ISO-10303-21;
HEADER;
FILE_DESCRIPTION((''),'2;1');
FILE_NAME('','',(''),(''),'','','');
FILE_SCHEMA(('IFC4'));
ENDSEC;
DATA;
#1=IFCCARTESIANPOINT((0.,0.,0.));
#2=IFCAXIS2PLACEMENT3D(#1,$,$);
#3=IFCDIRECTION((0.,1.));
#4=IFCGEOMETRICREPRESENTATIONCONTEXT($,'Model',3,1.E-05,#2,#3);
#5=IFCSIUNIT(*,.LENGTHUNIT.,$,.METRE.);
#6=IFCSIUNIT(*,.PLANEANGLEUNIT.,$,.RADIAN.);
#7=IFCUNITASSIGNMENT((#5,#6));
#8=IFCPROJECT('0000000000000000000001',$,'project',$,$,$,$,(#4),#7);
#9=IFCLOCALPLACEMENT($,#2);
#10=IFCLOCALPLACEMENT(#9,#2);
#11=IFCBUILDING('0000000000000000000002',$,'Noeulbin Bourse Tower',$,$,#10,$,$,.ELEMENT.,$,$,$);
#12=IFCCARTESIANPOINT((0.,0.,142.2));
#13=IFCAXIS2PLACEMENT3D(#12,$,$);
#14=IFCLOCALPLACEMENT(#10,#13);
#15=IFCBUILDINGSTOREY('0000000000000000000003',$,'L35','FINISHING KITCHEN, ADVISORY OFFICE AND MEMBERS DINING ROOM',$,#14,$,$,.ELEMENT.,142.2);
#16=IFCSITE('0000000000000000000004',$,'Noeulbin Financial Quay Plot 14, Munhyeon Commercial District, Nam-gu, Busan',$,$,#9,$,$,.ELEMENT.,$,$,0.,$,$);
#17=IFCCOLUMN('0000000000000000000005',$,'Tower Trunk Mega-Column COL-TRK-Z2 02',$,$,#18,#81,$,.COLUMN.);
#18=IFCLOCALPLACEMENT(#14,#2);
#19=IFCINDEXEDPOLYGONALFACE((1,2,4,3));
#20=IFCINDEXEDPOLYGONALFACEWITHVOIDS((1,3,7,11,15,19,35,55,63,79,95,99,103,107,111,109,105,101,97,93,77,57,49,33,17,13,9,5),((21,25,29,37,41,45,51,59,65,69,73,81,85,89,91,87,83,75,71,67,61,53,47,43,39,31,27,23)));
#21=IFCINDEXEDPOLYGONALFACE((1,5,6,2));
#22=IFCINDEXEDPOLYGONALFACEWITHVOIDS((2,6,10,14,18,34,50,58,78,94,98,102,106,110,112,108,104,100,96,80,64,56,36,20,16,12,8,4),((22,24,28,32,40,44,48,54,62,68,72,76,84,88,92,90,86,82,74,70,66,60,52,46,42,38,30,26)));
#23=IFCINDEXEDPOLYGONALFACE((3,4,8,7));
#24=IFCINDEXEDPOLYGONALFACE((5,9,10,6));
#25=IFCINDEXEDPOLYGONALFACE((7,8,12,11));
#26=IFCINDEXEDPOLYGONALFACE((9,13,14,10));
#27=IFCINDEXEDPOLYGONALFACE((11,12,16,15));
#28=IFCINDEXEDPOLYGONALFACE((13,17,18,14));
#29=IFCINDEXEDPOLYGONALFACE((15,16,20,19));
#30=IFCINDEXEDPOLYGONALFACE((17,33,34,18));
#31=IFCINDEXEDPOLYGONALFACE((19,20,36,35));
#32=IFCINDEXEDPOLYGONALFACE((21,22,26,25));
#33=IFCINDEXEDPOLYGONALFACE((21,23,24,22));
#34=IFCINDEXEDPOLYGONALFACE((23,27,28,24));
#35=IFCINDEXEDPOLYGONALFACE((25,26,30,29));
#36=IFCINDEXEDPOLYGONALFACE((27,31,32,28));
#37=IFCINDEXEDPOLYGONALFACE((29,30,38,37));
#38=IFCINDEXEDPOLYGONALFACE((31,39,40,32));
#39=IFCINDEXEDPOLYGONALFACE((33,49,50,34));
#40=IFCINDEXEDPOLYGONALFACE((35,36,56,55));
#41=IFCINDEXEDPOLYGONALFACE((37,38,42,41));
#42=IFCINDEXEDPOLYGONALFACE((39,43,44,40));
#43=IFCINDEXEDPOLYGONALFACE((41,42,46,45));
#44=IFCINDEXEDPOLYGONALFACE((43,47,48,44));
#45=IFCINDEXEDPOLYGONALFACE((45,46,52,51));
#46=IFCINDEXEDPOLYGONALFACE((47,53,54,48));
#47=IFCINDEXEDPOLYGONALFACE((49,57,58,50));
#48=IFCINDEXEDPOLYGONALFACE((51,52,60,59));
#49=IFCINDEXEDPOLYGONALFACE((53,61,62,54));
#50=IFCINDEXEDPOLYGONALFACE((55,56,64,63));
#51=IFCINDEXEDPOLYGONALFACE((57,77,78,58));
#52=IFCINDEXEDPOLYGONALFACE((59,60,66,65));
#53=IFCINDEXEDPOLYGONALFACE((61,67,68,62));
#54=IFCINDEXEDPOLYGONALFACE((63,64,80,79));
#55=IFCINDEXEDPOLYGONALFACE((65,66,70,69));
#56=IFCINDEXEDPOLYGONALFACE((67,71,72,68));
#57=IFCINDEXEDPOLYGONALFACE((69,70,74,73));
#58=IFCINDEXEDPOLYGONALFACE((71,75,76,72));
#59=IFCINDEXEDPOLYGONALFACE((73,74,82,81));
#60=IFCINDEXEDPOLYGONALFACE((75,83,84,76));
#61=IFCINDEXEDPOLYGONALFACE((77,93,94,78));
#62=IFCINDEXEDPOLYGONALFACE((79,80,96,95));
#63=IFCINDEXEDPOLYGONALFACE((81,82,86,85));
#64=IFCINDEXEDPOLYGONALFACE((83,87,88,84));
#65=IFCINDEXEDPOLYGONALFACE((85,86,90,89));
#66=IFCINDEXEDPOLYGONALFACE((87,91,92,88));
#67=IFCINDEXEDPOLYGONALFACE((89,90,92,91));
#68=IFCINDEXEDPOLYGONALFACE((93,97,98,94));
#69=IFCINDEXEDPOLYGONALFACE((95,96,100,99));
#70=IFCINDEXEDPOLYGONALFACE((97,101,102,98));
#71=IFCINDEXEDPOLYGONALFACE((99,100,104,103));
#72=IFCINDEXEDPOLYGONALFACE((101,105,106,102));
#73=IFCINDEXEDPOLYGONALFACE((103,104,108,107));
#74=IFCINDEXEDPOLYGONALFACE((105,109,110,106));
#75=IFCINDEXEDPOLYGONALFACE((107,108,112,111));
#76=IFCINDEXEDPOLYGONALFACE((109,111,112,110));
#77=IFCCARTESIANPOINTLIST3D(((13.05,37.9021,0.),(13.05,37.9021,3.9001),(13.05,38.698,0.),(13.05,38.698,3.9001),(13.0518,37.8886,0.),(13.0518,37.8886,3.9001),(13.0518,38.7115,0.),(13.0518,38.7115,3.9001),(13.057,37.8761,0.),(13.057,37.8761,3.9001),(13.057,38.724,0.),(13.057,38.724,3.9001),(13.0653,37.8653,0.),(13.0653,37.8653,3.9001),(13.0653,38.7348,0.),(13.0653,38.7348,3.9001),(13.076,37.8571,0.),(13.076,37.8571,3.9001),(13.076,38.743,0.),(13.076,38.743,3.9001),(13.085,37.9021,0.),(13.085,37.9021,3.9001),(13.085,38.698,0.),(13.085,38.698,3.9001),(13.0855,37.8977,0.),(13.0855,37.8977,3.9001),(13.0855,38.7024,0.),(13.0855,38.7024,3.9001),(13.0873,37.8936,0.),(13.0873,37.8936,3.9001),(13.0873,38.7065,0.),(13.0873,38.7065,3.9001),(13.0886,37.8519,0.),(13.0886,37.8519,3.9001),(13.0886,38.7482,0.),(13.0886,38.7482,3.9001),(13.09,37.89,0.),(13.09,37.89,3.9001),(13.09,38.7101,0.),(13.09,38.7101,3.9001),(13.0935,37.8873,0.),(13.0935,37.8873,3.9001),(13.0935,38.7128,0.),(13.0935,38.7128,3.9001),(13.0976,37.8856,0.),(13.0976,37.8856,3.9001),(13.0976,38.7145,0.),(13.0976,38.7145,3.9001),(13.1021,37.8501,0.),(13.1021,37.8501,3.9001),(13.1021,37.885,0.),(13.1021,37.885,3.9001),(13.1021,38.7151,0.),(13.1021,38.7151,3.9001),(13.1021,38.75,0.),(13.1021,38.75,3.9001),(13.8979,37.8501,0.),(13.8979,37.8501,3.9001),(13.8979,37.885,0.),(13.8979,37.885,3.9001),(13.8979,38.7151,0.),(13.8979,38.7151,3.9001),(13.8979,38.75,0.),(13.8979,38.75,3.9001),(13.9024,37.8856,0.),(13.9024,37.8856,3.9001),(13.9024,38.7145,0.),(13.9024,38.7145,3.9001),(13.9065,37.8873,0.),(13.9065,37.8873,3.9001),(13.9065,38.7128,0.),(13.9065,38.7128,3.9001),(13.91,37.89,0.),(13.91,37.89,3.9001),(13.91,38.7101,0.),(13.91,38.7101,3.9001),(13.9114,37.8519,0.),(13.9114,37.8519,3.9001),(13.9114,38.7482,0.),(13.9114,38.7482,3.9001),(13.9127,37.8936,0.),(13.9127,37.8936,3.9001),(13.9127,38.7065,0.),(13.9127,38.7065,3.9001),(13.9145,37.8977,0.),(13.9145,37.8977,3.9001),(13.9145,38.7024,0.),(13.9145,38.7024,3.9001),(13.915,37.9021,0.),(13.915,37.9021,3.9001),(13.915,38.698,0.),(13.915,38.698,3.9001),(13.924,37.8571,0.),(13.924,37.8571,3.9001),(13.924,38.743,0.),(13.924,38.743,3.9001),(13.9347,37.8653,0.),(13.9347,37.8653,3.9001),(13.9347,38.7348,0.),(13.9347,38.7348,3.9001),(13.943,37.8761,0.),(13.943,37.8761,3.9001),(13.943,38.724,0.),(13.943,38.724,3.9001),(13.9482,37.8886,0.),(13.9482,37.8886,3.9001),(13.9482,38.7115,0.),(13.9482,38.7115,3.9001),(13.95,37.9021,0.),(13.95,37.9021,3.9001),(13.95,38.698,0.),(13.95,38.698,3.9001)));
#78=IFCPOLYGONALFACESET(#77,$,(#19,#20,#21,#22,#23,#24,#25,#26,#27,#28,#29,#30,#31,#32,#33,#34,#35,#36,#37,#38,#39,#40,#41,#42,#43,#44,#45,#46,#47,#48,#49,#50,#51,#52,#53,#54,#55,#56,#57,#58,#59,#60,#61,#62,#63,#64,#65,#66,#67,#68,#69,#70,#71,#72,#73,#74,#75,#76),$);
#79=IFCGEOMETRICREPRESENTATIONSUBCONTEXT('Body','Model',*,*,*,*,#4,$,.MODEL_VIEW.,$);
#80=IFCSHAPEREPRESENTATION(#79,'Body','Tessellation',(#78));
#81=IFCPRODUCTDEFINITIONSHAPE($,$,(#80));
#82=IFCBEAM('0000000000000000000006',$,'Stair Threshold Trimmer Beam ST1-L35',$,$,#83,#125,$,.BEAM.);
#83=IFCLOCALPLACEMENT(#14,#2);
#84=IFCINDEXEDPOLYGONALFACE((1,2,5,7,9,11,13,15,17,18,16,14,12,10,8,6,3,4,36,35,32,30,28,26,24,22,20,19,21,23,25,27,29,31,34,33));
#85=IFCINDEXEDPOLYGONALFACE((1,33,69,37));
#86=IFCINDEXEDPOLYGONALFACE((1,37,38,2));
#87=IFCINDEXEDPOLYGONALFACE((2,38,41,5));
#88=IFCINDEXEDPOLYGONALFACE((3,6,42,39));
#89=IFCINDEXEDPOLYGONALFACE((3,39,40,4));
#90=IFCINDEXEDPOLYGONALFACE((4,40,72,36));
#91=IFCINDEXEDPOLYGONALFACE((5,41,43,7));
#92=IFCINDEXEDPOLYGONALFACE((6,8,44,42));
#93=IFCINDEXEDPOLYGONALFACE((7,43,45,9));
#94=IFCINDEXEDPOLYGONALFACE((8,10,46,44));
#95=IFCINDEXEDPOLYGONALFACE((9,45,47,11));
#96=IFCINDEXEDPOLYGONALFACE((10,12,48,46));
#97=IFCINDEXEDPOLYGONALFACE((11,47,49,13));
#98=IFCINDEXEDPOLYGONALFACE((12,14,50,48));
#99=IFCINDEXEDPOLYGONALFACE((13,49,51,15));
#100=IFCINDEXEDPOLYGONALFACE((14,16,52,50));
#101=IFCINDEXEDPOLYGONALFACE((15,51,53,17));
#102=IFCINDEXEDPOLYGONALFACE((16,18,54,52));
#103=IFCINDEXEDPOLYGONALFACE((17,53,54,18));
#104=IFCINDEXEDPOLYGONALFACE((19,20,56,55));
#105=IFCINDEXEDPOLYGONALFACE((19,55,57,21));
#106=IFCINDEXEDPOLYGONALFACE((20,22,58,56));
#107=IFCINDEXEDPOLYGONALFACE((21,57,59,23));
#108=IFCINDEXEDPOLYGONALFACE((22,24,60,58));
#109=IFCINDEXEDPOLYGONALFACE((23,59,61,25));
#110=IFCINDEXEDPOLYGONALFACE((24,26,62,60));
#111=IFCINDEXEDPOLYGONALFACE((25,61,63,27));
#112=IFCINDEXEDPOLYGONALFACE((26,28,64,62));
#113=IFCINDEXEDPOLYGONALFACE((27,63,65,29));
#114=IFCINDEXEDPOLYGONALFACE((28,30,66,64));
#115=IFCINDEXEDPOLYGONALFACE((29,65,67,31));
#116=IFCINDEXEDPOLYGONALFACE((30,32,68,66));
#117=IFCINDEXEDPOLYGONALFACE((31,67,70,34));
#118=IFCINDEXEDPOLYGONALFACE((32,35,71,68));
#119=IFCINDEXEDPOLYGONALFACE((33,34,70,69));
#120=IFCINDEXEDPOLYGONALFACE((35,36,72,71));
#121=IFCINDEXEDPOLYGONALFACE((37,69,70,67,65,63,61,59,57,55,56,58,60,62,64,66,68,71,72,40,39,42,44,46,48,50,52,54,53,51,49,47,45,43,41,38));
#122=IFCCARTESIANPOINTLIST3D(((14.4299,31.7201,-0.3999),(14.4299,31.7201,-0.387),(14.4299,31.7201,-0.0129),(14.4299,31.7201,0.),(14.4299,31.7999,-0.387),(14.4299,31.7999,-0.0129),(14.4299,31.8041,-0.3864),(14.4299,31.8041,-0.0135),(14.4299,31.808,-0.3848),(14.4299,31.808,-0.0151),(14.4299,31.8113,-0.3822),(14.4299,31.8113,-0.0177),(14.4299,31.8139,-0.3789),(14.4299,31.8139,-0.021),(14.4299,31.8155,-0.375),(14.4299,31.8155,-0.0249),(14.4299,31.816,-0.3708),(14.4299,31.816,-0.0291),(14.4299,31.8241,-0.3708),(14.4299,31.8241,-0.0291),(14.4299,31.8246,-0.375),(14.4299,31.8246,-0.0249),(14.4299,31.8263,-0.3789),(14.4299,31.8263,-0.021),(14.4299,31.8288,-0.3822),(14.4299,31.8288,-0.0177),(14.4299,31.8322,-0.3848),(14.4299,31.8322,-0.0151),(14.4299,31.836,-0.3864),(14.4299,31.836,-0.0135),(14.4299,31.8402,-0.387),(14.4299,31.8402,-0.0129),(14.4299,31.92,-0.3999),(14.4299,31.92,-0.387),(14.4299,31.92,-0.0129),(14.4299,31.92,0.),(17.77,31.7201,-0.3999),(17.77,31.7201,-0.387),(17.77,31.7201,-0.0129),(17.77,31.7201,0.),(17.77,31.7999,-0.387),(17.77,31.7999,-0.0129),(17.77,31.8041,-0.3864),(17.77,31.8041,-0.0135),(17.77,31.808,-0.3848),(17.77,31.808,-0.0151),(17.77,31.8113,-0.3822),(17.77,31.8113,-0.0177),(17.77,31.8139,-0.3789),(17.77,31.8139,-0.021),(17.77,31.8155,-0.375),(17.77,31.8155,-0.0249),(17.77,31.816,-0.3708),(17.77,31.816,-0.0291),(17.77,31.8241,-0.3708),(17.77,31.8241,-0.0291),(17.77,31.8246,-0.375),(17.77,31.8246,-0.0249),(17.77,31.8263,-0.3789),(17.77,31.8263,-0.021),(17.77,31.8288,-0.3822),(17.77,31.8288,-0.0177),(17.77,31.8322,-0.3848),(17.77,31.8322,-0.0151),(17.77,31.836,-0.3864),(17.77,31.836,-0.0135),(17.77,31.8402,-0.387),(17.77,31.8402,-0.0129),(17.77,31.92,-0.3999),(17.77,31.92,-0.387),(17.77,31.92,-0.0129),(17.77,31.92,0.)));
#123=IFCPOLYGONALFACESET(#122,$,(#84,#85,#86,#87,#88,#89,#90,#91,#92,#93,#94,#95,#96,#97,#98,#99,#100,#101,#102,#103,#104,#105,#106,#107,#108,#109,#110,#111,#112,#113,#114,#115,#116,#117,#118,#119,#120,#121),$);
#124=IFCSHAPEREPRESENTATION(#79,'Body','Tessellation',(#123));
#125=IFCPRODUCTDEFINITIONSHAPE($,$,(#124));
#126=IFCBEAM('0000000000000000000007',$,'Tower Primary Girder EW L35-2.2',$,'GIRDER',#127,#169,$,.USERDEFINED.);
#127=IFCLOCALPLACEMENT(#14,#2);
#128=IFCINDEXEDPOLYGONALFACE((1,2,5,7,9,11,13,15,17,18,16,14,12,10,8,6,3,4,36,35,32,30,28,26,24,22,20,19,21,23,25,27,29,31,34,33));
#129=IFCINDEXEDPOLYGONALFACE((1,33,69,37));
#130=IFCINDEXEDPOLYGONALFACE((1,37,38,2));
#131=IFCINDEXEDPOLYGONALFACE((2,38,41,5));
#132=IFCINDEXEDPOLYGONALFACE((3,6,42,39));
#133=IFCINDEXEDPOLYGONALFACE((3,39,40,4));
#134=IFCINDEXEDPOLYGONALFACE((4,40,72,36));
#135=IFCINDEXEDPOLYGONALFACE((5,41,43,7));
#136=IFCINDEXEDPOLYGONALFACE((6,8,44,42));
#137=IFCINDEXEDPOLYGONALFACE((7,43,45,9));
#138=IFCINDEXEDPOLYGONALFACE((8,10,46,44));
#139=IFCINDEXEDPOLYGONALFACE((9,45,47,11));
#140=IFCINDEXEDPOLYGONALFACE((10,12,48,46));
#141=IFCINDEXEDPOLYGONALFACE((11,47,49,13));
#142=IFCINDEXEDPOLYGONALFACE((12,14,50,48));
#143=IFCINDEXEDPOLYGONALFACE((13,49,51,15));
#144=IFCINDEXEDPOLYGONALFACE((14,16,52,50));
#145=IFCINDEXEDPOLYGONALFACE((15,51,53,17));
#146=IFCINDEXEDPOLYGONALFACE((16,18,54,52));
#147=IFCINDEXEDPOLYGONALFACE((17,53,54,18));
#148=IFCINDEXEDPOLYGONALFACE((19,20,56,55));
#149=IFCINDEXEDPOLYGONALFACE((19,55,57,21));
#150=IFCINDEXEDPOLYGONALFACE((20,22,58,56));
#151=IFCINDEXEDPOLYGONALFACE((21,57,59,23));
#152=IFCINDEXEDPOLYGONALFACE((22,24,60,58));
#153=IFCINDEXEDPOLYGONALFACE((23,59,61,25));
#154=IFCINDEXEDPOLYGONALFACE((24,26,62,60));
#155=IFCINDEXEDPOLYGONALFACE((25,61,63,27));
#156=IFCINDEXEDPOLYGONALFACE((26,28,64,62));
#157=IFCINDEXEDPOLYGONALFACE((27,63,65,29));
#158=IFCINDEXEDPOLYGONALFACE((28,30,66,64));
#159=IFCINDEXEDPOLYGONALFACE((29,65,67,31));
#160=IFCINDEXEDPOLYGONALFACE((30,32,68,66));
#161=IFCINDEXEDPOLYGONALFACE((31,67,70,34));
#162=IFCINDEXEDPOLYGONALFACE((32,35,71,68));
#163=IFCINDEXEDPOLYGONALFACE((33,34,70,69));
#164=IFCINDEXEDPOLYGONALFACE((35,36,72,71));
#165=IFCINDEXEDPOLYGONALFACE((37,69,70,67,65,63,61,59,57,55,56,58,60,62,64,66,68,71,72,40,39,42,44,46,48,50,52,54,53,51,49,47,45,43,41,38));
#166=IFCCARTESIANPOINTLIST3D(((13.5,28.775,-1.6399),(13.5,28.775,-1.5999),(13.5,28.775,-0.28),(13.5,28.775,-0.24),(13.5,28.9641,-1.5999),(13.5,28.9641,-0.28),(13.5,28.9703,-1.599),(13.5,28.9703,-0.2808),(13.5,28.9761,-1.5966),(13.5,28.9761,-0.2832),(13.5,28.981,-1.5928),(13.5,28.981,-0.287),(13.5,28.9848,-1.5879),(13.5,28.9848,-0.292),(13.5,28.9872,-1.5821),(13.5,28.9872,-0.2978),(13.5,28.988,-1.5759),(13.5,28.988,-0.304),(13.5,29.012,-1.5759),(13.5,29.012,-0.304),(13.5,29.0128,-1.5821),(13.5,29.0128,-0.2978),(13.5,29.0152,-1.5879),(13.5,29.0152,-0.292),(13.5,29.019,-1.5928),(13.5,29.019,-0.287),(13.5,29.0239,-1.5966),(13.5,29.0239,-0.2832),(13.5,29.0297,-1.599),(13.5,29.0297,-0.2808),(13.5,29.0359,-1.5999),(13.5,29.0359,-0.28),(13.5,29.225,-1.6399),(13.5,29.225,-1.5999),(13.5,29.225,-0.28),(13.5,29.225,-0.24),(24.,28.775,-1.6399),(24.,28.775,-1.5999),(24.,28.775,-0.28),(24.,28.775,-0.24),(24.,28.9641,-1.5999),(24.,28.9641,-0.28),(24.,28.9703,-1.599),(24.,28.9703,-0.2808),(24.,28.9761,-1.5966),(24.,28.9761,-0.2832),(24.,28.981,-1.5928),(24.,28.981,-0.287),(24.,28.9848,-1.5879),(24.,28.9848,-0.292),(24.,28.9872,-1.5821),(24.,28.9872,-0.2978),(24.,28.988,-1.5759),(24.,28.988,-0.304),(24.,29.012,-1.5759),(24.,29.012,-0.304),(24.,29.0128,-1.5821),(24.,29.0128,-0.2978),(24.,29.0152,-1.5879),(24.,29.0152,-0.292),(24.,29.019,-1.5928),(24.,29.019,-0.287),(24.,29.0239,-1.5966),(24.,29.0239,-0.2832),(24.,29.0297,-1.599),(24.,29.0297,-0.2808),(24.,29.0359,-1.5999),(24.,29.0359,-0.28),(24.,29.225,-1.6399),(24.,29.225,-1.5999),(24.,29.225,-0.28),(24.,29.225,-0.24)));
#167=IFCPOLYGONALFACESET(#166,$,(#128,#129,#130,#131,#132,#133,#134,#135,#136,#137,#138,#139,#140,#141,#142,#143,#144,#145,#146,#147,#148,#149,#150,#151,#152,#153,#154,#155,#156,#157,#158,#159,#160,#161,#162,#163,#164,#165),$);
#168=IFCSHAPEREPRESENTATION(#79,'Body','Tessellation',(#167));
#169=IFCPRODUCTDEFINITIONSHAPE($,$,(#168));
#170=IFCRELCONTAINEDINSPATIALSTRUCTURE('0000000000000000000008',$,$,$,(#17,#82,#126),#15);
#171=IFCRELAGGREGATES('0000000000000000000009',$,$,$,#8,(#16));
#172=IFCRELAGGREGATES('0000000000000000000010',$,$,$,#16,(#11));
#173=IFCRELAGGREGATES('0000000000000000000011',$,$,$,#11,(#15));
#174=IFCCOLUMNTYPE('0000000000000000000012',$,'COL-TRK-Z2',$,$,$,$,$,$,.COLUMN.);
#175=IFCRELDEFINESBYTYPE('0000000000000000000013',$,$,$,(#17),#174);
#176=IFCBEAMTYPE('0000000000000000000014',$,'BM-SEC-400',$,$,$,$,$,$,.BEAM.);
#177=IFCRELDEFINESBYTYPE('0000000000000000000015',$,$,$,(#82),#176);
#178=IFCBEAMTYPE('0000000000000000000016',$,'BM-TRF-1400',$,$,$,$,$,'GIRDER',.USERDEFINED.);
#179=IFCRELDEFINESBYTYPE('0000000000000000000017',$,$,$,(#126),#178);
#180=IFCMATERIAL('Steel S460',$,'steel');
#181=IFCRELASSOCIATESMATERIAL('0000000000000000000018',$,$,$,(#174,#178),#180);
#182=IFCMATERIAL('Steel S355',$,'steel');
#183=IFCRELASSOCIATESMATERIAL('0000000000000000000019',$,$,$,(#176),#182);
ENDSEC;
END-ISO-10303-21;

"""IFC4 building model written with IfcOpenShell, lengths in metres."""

from ifc_helpers import new_model, si_unit, direction, frame, origin, origin_2d, place, context, subcontext, project, spatial, hollow_rectangle, i_section, extrude, material, material_profile, profile_set, type_object, element, save


model = new_model("IFC4")

# Units and contexts
model_context = context("Model", 3, precision=1e-05, world=origin(), true_north=direction((0.0, 1.0)))
body_context = subcontext(model_context, "Body", "Model", "MODEL_VIEW")
ifc_project = project(units=[si_unit("LENGTHUNIT", "METRE"), si_unit("PLANEANGLEUNIT", "RADIAN")], contexts=[model_context])

# Site, building, storey
site_placement = place(None, origin())
site = spatial("IfcSite", under=ifc_project, at=site_placement, Name="Noeulbin Financial Quay Plot 14, Munhyeon Commercial District, Nam-gu, Busan", CompositionType="ELEMENT", RefElevation=0.0)
building_placement = place(site_placement, origin())
building = spatial("IfcBuilding", under=site, at=building_placement, Name="Noeulbin Bourse Tower", CompositionType="ELEMENT")
storey_placement = place(building_placement, frame((0.0, 0.0, 142.2)))
storey = spatial("IfcBuildingStorey", under=building, at=storey_placement, Name="L35", Description="FINISHING KITCHEN, ADVISORY OFFICE AND MEMBERS DINING ROOM", CompositionType="ELEMENT", Elevation=142.2)

# Column
ifc_material_1 = material(Name="Steel S460", Category="steel")
ifc_material_profile_1 = material_profile(ifc_material_1, hollow_rectangle(XDim=0.8999, YDim=0.8999, WallThickness=0.0349, InnerFilletRadius=0.0171, OuterFilletRadius=0.052, at=origin_2d()), Name="BOX-900x900x35", Category="LoadBearing")
ifc_profile_set_1 = profile_set([ifc_material_profile_1], Name="Steel S460")
column_type = type_object("IfcColumnType", Name="COL-TRK-Z2", PredefinedType="COLUMN", material=ifc_profile_set_1)
column_placement = place(storey_placement, frame((13.5, 38.3, 0.0), z_axis=(0.0, 0.0, 1.0), x_axis=(1.0, 0.0, 0.0)))
element("IfcColumn", 1, at=column_placement, inside=storey, type_object=column_type, Name="Tower Trunk Mega-Column COL-TRK-Z2 02", PredefinedType="COLUMN", context=body_context, shape_type="SweptSolid", body=[
    extrude(hollow_rectangle(XDim=0.8999, YDim=0.8999, WallThickness=0.0349, InnerFilletRadius=0.0171, OuterFilletRadius=0.052, at=origin_2d()), origin(), (0.0, 0.0, 1.0), 3.9001),
])

# Beams
ifc_material_2 = material(Name="Steel S355", Category="steel")
ifc_material_profile_2 = material_profile(ifc_material_2, i_section(OverallWidth=0.2, OverallDepth=0.3999, WebThickness=0.0081, FlangeThickness=0.0129, FilletRadius=0.0161, at=origin_2d()), Name="H-400x200x8x13", Category="LoadBearing")
ifc_profile_set_2 = profile_set([ifc_material_profile_2], Name="Steel S355")
beam_type_1 = type_object("IfcBeamType", Name="BM-SEC-400", PredefinedType="BEAM", material=ifc_profile_set_2)
beam_1_placement = place(storey_placement, frame((14.4299, 31.8201, -0.2), z_axis=(1.0, 0.0, 0.0), x_axis=(0.0, 1.0, 0.0)))
element("IfcBeam", 2, at=beam_1_placement, inside=storey, type_object=beam_type_1, Name="Stair Threshold Trimmer Beam ST1-L35", PredefinedType="BEAM", context=body_context, shape_type="SweptSolid", body=[
    extrude(i_section(OverallWidth=0.2, OverallDepth=0.3999, WebThickness=0.0081, FlangeThickness=0.0129, FilletRadius=0.0161, at=origin_2d()), origin(), (0.0, 0.0, 1.0), 3.3401),
])
ifc_material_profile_3 = material_profile(ifc_material_1, i_section(OverallWidth=0.45, OverallDepth=1.3999, WebThickness=0.0239, FlangeThickness=0.04, FilletRadius=0.0239, at=origin_2d()), Name="PG-1400x450x24x40", Category="LoadBearing")
ifc_profile_set_3 = profile_set([ifc_material_profile_3], Name="Steel S460")
beam_type_2 = type_object("IfcBeamType", Name="BM-TRF-1400", ElementType="GIRDER", PredefinedType="USERDEFINED", material=ifc_profile_set_3)
beam_2_placement = place(storey_placement, frame((13.5, 29.0, -0.9399), z_axis=(1.0, 0.0, 0.0), x_axis=(0.0, 1.0, 0.0)))
element("IfcBeam", 3, at=beam_2_placement, inside=storey, type_object=beam_type_2, Name="Tower Primary Girder EW L35-2.2", ObjectType="GIRDER", PredefinedType="USERDEFINED", context=body_context, shape_type="SweptSolid", body=[
    extrude(i_section(OverallWidth=0.45, OverallDepth=1.3999, WebThickness=0.0239, FlangeThickness=0.04, FilletRadius=0.0239, at=origin_2d()), origin(), (0.0, 0.0, 1.0), 10.5),
])

save(model, "model.ifc")
